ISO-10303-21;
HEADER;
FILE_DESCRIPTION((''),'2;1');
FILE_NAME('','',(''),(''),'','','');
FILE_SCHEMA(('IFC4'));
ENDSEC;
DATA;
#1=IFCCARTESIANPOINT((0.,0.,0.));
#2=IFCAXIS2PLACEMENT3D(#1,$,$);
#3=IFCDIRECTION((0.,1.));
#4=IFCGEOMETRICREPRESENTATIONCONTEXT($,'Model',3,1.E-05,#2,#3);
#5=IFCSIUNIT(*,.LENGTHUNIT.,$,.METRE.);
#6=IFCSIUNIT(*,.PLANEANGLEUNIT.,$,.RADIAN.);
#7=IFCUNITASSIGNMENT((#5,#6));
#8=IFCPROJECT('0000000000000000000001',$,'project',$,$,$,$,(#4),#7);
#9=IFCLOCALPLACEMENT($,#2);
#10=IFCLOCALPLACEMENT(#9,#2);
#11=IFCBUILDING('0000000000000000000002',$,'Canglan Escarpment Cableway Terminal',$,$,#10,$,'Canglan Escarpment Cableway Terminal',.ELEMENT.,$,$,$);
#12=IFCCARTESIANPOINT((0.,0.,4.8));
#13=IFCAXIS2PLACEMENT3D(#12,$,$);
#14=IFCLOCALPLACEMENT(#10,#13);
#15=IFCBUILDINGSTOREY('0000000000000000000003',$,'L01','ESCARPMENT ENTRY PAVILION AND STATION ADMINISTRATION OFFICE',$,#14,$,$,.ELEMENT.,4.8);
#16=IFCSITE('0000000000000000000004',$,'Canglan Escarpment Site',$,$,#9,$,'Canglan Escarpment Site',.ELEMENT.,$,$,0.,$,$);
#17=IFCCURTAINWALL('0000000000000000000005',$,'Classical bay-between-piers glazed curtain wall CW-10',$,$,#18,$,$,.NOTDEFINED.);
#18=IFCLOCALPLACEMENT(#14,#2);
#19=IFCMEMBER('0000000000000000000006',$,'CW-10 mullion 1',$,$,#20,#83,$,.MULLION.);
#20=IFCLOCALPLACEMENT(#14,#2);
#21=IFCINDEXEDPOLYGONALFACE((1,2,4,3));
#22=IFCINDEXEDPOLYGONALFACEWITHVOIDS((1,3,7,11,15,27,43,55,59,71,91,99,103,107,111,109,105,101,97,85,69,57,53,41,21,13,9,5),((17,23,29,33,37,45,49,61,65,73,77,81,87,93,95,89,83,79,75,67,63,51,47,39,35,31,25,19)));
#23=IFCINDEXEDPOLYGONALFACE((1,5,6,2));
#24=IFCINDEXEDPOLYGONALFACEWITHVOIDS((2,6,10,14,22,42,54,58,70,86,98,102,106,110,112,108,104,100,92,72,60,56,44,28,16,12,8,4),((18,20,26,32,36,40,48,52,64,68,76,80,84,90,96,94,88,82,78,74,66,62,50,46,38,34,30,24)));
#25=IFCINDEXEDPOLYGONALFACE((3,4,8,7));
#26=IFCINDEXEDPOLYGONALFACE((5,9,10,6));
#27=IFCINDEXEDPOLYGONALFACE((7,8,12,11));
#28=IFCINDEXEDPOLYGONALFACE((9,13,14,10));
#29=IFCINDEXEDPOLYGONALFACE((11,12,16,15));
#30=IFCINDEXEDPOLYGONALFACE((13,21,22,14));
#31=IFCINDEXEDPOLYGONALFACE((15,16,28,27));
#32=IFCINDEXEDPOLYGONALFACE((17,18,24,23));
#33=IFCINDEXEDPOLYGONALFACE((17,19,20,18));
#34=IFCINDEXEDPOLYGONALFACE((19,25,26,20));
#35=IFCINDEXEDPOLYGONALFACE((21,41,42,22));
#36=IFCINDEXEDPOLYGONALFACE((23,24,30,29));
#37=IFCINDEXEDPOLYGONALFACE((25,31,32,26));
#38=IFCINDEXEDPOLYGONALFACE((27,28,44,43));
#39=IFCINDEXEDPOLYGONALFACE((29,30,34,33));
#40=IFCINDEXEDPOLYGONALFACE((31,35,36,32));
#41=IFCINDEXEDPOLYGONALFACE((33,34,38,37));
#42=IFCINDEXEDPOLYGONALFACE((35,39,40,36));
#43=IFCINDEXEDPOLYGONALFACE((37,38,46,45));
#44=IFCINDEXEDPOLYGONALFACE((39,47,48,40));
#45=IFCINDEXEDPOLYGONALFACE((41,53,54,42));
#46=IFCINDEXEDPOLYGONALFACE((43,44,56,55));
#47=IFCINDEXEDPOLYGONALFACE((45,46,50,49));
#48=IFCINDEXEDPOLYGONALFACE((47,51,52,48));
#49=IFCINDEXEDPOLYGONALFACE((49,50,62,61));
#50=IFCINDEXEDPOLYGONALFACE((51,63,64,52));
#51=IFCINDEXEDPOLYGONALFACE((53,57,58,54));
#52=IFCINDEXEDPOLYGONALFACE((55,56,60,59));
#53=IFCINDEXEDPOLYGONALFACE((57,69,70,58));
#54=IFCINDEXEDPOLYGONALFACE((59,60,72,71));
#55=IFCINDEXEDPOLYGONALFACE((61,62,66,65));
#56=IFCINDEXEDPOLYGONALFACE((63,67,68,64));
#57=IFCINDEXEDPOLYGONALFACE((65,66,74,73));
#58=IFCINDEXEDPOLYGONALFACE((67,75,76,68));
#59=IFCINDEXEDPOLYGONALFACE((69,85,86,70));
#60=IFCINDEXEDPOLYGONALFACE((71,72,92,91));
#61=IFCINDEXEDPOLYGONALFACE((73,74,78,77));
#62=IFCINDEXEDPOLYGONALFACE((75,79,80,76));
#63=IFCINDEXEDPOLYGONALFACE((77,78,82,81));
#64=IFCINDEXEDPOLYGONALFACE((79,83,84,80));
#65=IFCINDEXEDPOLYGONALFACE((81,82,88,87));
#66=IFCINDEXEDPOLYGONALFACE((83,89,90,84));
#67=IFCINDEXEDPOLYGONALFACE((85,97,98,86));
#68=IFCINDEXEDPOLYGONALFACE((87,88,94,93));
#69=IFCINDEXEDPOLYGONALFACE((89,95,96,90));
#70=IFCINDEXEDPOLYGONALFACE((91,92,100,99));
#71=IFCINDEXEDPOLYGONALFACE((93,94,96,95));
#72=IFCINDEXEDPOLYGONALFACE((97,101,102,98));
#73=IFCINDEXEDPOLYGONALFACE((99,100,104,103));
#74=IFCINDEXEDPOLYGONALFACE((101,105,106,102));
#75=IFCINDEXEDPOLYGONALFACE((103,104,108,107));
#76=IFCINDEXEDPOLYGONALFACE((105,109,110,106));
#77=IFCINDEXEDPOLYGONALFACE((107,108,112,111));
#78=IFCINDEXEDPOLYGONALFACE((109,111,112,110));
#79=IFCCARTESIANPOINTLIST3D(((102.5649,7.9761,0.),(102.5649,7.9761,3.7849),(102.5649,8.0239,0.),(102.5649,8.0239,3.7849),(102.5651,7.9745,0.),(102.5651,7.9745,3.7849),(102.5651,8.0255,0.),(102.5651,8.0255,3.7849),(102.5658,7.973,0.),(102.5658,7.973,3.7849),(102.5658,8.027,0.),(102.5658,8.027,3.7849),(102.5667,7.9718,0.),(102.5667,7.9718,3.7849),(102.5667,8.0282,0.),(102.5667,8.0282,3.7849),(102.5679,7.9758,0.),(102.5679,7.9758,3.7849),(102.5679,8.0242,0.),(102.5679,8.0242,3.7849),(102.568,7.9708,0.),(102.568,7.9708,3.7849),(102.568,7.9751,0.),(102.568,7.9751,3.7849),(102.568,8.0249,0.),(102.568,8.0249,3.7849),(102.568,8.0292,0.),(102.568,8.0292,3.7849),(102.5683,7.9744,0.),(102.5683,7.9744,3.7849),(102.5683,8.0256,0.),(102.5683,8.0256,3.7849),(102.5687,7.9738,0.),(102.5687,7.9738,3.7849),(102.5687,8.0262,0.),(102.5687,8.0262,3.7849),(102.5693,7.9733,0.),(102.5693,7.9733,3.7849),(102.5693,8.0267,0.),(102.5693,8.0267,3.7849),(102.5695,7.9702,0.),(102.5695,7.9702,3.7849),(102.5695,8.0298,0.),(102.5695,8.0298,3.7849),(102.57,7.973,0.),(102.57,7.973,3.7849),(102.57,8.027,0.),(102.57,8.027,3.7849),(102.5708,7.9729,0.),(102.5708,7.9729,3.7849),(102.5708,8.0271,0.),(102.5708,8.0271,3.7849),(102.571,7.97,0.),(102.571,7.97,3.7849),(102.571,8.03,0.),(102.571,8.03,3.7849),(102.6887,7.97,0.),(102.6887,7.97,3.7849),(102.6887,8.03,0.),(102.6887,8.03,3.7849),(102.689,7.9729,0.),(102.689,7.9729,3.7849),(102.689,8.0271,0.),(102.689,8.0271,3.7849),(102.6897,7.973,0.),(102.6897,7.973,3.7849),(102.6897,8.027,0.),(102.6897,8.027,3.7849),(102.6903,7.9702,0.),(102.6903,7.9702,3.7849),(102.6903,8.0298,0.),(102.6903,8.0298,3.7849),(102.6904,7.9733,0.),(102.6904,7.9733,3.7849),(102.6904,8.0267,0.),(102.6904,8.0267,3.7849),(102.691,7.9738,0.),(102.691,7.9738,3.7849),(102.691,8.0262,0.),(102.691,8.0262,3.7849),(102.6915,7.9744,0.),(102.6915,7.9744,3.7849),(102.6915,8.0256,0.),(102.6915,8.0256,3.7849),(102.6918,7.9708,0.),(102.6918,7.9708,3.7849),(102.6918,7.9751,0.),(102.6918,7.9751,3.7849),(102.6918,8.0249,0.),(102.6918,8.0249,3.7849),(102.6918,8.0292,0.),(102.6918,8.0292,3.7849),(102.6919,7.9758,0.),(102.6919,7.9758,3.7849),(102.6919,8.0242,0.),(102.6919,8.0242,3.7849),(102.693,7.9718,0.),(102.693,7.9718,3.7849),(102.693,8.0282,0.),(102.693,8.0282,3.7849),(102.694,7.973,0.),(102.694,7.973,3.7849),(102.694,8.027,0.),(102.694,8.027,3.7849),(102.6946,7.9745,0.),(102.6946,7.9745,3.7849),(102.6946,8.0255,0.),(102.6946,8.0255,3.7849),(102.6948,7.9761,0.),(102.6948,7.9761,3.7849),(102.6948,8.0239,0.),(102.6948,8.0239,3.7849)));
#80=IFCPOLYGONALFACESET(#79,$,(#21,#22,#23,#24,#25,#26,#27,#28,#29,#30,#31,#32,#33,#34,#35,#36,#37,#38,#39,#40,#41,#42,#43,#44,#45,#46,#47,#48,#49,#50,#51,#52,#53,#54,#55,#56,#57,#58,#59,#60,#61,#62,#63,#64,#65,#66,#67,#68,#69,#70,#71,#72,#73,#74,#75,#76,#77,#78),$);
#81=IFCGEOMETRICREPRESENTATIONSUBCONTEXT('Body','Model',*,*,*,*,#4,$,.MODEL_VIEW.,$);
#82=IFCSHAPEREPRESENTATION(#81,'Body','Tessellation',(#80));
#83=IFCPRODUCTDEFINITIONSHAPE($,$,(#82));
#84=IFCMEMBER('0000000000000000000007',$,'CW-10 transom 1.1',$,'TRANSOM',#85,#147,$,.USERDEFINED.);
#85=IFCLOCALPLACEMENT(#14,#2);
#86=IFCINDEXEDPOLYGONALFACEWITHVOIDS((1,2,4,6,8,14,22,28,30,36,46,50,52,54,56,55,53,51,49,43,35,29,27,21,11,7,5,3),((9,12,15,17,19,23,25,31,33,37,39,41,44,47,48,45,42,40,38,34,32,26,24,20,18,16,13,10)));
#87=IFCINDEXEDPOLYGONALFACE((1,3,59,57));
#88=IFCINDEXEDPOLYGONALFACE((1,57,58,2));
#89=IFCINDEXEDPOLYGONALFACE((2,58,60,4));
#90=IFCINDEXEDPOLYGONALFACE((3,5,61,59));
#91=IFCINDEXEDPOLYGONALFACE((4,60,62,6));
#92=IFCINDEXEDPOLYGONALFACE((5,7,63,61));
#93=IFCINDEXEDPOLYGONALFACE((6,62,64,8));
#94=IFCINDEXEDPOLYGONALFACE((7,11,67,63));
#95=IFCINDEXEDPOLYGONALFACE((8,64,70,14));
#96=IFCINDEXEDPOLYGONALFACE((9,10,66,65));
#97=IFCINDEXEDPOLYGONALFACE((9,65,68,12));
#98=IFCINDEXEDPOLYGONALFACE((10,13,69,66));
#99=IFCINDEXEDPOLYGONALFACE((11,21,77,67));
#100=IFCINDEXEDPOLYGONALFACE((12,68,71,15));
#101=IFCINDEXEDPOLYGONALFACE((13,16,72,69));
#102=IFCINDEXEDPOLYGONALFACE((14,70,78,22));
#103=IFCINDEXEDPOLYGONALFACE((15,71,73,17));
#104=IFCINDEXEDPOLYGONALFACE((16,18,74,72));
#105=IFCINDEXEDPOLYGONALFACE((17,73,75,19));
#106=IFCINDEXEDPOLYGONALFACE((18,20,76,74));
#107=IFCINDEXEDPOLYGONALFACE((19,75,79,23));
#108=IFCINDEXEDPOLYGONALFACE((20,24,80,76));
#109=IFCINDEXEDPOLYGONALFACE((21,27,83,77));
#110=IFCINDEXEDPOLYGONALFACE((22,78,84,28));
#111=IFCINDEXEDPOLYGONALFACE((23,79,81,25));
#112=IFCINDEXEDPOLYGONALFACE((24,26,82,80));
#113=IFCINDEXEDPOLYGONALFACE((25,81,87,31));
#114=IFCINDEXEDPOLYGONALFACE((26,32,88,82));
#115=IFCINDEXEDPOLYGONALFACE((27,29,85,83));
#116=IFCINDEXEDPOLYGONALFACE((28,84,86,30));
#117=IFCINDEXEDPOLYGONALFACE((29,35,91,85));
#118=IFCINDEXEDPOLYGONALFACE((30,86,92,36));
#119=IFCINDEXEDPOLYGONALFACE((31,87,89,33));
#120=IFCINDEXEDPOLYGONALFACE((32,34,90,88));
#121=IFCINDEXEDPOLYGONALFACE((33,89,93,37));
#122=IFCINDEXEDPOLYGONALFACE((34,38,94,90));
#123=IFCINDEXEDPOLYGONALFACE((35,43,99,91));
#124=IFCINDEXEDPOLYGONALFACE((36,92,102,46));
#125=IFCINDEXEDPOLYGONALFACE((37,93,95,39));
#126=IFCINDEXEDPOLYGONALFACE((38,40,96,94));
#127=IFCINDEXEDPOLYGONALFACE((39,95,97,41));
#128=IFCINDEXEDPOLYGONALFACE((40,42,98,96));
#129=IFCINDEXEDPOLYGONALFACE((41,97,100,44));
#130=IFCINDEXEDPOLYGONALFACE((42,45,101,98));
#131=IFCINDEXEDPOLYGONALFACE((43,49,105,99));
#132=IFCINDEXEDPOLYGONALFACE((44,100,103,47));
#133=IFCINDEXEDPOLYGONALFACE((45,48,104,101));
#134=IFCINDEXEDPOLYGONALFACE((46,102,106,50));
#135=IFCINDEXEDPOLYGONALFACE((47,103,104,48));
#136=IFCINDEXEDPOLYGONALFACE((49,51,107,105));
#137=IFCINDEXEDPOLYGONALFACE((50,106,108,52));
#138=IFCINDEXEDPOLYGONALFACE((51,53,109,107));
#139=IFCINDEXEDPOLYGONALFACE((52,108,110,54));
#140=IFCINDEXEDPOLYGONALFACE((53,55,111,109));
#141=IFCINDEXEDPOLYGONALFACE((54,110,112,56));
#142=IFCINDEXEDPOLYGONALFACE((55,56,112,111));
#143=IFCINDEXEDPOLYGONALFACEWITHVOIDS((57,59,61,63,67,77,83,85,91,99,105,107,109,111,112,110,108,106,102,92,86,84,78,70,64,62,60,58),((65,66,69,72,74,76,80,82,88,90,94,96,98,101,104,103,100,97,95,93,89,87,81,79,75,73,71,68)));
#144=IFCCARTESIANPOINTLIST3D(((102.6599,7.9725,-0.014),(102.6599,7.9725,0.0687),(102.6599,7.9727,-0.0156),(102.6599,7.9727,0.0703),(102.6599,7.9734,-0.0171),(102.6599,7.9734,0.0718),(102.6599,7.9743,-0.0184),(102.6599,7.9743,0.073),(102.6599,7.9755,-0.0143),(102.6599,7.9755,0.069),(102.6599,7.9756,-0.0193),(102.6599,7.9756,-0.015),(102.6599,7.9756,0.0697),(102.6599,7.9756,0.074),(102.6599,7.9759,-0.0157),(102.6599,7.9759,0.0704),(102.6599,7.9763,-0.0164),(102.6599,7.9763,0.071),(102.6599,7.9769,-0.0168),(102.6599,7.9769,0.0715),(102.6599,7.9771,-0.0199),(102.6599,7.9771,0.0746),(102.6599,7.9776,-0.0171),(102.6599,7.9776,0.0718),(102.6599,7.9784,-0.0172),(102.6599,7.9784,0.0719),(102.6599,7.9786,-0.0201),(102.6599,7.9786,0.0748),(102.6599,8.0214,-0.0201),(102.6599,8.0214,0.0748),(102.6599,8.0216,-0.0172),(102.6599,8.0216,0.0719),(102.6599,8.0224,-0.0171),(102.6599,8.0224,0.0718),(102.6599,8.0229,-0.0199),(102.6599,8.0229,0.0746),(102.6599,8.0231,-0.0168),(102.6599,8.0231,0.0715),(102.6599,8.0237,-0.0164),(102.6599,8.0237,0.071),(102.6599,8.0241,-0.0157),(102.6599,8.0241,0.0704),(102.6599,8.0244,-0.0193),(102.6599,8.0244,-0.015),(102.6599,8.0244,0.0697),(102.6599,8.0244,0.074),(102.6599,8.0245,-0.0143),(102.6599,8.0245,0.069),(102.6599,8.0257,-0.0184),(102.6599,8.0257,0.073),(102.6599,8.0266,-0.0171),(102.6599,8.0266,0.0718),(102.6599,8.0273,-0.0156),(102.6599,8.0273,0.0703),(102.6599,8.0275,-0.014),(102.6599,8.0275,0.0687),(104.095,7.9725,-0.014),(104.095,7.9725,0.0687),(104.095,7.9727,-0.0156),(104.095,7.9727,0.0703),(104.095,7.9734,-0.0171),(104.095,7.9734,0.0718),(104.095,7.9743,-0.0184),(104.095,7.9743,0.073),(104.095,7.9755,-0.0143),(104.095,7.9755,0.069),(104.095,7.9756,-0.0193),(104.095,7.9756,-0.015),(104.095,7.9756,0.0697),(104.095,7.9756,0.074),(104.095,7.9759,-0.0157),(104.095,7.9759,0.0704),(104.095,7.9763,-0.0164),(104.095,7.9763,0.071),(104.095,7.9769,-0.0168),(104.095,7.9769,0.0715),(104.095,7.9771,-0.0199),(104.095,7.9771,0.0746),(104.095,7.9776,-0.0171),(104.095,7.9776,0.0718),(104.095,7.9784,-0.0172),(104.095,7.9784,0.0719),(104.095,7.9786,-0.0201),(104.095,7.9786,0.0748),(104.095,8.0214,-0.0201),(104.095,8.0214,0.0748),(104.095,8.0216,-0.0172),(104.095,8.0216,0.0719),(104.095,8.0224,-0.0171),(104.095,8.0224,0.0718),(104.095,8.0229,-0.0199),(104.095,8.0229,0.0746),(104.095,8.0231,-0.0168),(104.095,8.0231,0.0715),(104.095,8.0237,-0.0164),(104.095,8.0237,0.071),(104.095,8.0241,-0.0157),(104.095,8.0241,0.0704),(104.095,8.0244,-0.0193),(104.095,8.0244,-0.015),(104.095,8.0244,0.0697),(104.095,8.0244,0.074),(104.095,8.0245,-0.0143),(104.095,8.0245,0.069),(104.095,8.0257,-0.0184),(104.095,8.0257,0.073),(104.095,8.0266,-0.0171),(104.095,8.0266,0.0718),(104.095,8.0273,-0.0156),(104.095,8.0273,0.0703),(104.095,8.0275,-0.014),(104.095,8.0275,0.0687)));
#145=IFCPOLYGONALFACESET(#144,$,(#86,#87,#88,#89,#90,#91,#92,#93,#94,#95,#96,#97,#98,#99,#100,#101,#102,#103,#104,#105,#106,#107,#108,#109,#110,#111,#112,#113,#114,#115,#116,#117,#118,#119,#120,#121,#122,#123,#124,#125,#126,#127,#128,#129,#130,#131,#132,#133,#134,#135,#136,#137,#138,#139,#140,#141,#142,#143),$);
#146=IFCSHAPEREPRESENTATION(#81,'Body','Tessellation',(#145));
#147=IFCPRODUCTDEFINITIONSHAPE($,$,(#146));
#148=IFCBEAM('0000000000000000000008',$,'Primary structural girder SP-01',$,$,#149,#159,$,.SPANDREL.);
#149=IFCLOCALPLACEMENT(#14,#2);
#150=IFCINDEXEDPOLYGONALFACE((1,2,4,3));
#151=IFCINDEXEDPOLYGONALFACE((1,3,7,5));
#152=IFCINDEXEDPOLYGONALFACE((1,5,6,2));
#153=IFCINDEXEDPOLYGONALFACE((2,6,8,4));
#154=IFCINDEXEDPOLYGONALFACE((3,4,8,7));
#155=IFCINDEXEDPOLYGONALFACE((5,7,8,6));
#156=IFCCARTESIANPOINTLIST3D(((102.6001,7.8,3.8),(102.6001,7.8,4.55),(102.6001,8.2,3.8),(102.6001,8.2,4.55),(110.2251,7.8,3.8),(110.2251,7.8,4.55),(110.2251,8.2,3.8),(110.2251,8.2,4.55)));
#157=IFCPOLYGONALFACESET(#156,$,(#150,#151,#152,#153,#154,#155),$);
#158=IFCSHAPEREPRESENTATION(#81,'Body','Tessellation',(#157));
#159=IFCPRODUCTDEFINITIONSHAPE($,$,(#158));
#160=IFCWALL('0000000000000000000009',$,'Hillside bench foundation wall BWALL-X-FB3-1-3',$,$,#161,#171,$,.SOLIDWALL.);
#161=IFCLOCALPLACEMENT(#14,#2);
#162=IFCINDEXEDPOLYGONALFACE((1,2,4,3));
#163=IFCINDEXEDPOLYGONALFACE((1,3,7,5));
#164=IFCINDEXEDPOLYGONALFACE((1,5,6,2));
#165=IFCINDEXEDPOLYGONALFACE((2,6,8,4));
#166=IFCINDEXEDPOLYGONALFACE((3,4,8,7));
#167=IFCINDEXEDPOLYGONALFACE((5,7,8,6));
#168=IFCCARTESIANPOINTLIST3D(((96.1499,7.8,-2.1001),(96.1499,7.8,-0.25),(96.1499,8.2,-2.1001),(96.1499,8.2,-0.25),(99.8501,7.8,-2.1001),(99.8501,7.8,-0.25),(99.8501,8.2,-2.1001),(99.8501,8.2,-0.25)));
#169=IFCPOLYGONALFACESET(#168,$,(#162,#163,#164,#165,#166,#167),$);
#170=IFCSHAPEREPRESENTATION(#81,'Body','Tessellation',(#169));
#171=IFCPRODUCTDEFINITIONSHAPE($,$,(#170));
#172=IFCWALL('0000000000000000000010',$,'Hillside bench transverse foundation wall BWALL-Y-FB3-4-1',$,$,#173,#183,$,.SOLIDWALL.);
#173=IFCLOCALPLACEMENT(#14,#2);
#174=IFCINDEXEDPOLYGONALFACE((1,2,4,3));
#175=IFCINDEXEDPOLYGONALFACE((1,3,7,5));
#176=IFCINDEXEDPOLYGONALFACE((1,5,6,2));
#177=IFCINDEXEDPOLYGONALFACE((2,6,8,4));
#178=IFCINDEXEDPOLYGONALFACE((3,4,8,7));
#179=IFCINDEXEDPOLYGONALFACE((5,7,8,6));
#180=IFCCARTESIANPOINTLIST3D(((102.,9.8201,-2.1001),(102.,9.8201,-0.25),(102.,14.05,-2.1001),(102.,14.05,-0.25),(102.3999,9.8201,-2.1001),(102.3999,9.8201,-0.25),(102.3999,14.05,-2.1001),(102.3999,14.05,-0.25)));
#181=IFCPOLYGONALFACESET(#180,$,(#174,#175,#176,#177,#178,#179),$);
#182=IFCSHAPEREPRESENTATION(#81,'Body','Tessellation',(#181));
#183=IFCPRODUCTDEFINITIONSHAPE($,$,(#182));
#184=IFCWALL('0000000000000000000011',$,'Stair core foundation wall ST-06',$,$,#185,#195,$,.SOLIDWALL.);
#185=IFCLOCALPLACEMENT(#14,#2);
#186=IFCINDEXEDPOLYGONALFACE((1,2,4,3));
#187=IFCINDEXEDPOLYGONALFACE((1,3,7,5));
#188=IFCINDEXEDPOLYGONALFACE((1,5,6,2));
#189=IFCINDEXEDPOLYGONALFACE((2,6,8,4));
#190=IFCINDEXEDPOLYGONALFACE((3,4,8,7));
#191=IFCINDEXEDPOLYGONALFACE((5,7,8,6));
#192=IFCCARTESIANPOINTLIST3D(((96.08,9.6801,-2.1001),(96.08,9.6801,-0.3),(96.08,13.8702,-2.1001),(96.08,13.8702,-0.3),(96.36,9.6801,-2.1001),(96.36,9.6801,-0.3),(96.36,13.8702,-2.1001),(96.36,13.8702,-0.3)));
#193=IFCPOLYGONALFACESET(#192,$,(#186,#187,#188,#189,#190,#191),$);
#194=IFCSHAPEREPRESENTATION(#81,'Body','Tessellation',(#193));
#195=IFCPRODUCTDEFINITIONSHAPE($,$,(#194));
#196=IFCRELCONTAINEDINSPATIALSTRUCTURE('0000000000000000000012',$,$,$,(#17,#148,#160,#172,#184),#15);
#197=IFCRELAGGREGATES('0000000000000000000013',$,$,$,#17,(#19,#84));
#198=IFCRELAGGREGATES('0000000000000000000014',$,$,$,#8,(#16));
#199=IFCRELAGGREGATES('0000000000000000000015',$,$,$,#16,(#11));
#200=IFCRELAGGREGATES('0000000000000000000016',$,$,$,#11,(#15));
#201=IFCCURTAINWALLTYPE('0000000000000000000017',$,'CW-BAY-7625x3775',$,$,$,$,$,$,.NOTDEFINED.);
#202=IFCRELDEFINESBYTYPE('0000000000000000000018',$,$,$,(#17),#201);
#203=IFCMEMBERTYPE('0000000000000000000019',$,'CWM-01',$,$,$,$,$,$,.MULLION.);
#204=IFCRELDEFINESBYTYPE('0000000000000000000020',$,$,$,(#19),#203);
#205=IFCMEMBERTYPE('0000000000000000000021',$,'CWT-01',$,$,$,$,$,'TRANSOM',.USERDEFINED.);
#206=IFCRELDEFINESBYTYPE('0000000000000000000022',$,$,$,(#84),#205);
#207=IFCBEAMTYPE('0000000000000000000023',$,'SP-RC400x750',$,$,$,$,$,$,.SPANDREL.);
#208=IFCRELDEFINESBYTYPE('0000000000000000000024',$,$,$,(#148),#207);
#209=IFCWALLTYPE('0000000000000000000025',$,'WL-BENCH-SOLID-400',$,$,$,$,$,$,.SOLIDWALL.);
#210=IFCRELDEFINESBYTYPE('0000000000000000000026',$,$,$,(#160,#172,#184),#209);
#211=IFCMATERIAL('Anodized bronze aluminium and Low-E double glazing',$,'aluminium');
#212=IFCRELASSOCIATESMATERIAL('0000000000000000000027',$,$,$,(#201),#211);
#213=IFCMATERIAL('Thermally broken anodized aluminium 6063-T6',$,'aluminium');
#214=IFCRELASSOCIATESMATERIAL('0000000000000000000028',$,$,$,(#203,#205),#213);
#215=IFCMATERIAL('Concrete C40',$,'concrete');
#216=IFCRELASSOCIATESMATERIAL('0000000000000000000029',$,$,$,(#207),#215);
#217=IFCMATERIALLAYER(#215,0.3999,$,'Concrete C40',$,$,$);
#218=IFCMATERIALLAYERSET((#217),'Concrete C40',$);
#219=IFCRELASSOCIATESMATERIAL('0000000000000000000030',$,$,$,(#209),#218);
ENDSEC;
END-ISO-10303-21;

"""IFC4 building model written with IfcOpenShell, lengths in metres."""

from ifc_helpers import new_model, si_unit, direction, frame, frame_2d, origin, origin_2d, place, context, subcontext, project, spatial, rectangle, hollow_rectangle, extrude, material, layer, layer_set, material_profile, profile_set, type_object, element, aggregate, save


model = new_model("IFC4")

# Units and contexts
model_context = context("Model", 3, precision=1e-05, world=origin(), true_north=direction((0.0, 1.0)))
body_context = subcontext(model_context, "Body", "Model", "MODEL_VIEW")
ifc_project = project(units=[si_unit("LENGTHUNIT", "METRE"), si_unit("PLANEANGLEUNIT", "RADIAN")], contexts=[model_context])

# Site, building, storey
site_placement = place(None, origin())
site = spatial("IfcSite", under=ifc_project, at=site_placement, Name="Canglan Escarpment Site", LongName="Canglan Escarpment Site", CompositionType="ELEMENT", RefElevation=0.0)
building_placement = place(site_placement, origin())
building = spatial("IfcBuilding", under=site, at=building_placement, Name="Canglan Escarpment Cableway Terminal", LongName="Canglan Escarpment Cableway Terminal", CompositionType="ELEMENT")
storey_placement = place(building_placement, frame((0.0, 0.0, 4.8)))
storey = spatial("IfcBuildingStorey", under=building, at=storey_placement, Name="L01", Description="ESCARPMENT ENTRY PAVILION AND STATION ADMINISTRATION OFFICE", CompositionType="ELEMENT", Elevation=4.8)

# Shared definitions
ifc_material_1 = material(Name="Concrete C40", Category="concrete")

# Curtain wall, members
ifc_material_2 = material(Name="Anodized bronze aluminium and Low-E double glazing", Category="aluminium")
curtain_wall_type = type_object("IfcCurtainWallType", Name="CW-BAY-7625x3775", PredefinedType="NOTDEFINED", material=ifc_material_2)
curtain_wall_placement = place(storey_placement, origin())
curtain_wall = element("IfcCurtainWall", 1, at=curtain_wall_placement, inside=storey, type_object=curtain_wall_type, Name="Classical bay-between-piers glazed curtain wall CW-10", PredefinedType="NOTDEFINED")
ifc_material_3 = material(Name="Thermally broken anodized aluminium 6063-T6", Category="aluminium")
ifc_material_profile_1 = material_profile(ifc_material_3, hollow_rectangle(XDim=0.0601, YDim=0.1299, WallThickness=0.0029, InnerFilletRadius=0.0029, OuterFilletRadius=0.0061, at=origin_2d()), Name="ALU-MULL 60x130x3")
ifc_profile_set_1 = profile_set([ifc_material_profile_1], Name="Thermally broken anodized aluminium 6063-T6")
member_type_1 = type_object("IfcMemberType", Name="CWM-01", PredefinedType="MULLION", material=ifc_profile_set_1)
member_1_placement = place(storey_placement, frame((102.6299, 8.0, 0.0), z_axis=(0.0, 0.0, 1.0), x_axis=(0.0, 1.0, 0.0)))
member_1 = element("IfcMember", 2, at=member_1_placement, type_object=member_type_1, Name="CW-10 mullion 1", PredefinedType="MULLION", context=body_context, shape_type="SweptSolid", body=[
    extrude(hollow_rectangle(XDim=0.0601, YDim=0.1299, WallThickness=0.0029, InnerFilletRadius=0.0029, OuterFilletRadius=0.0061, at=origin_2d()), origin(), (0.0, 0.0, 1.0), 3.7849),
])
ifc_material_profile_2 = material_profile(ifc_material_3, hollow_rectangle(XDim=0.0549, YDim=0.095, WallThickness=0.0029, InnerFilletRadius=0.0029, OuterFilletRadius=0.0061, at=origin_2d()), Name="ALU-TRAN 55x95x3")
ifc_profile_set_2 = profile_set([ifc_material_profile_2], Name="Thermally broken anodized aluminium 6063-T6")
member_type_2 = type_object("IfcMemberType", Name="CWT-01", ElementType="TRANSOM", PredefinedType="USERDEFINED", material=ifc_profile_set_2)
member_2_placement = place(storey_placement, frame((102.6599, 8.0, 0.0273), z_axis=(1.0, 0.0, 0.0), x_axis=(0.0, 1.0, 0.0)))
member_2 = element("IfcMember", 3, at=member_2_placement, type_object=member_type_2, Name="CW-10 transom 1.1", ObjectType="TRANSOM", PredefinedType="USERDEFINED", context=body_context, shape_type="SweptSolid", body=[
    extrude(hollow_rectangle(XDim=0.0549, YDim=0.095, WallThickness=0.0029, InnerFilletRadius=0.0029, OuterFilletRadius=0.0061, at=origin_2d()), origin(), (0.0, 0.0, 1.0), 1.4351),
])
aggregate(curtain_wall, [member_1, member_2])

# Beam
ifc_material_profile_3 = material_profile(ifc_material_1, rectangle(XDim=0.3999, YDim=0.75, at=origin_2d()), Name="RC 400x750")
ifc_profile_set_3 = profile_set([ifc_material_profile_3], Name="Concrete C40")
beam_type = type_object("IfcBeamType", Name="SP-RC400x750", PredefinedType="SPANDREL", material=ifc_profile_set_3)
beam_placement = place(storey_placement, frame((102.6001, 8.0, 4.175), z_axis=(1.0, 0.0, 0.0), x_axis=(0.0, 1.0, 0.0)))
element("IfcBeam", 4, at=beam_placement, inside=storey, type_object=beam_type, Name="Primary structural girder SP-01", PredefinedType="SPANDREL", context=body_context, shape_type="SweptSolid", body=[
    extrude(rectangle(XDim=0.3999, YDim=0.75, at=origin_2d()), origin(), (0.0, 0.0, 1.0), 7.625),
])

# Walls
ifc_layer_1 = layer(ifc_material_1, 0.3999, Name="Concrete C40")
ifc_layer_set_1 = layer_set([ifc_layer_1], Name="Concrete C40")
wall_type_1 = type_object("IfcWallType", Name="WL-BENCH-SOLID-400", PredefinedType="SOLIDWALL", material=ifc_layer_set_1)
wall_1_placement = place(storey_placement, frame((96.1499, 8.0, -2.1001), z_axis=(0.0, 0.0, 1.0), x_axis=(1.0, 0.0, 0.0)))
element("IfcWall", 5, at=wall_1_placement, inside=storey, type_object=wall_type_1, Name="Hillside bench foundation wall BWALL-X-FB3-1-3", PredefinedType="SOLIDWALL", context=body_context, shape_type="SweptSolid", body=[
    extrude(rectangle(XDim=3.7002, YDim=0.3999, at=frame_2d((1.8501, 0.0))), origin(), (0.0, 0.0, 1.0), 1.8501),
])
wall_2_placement = place(storey_placement, frame((102.2, 9.8201, -2.1001), z_axis=(0.0, 0.0, 1.0), x_axis=(0.0, 1.0, 0.0)))
element("IfcWall", 6, at=wall_2_placement, inside=storey, type_object=wall_type_1, Name="Hillside bench transverse foundation wall BWALL-Y-FB3-4-1", PredefinedType="SOLIDWALL", context=body_context, shape_type="SweptSolid", body=[
    extrude(rectangle(XDim=4.23, YDim=0.3999, at=frame_2d((2.115, 0.0))), origin(), (0.0, 0.0, 1.0), 1.8501),
])
wall_3_placement = place(storey_placement, frame((96.22, 9.6799, -2.1001), z_axis=(0.0, 0.0, 1.0), x_axis=(0.0, 1.0, 0.0)))
element("IfcWall", 7, at=wall_3_placement, inside=storey, type_object=wall_type_1, Name="Stair core foundation wall ST-06", PredefinedType="SOLIDWALL", context=body_context, shape_type="SweptSolid", body=[
    extrude(rectangle(XDim=4.1902, YDim=0.28, at=frame_2d((2.0952, 0.0))), origin(), (0.0, 0.0, 1.0), 1.8),
])

save(model, "model.ifc")
